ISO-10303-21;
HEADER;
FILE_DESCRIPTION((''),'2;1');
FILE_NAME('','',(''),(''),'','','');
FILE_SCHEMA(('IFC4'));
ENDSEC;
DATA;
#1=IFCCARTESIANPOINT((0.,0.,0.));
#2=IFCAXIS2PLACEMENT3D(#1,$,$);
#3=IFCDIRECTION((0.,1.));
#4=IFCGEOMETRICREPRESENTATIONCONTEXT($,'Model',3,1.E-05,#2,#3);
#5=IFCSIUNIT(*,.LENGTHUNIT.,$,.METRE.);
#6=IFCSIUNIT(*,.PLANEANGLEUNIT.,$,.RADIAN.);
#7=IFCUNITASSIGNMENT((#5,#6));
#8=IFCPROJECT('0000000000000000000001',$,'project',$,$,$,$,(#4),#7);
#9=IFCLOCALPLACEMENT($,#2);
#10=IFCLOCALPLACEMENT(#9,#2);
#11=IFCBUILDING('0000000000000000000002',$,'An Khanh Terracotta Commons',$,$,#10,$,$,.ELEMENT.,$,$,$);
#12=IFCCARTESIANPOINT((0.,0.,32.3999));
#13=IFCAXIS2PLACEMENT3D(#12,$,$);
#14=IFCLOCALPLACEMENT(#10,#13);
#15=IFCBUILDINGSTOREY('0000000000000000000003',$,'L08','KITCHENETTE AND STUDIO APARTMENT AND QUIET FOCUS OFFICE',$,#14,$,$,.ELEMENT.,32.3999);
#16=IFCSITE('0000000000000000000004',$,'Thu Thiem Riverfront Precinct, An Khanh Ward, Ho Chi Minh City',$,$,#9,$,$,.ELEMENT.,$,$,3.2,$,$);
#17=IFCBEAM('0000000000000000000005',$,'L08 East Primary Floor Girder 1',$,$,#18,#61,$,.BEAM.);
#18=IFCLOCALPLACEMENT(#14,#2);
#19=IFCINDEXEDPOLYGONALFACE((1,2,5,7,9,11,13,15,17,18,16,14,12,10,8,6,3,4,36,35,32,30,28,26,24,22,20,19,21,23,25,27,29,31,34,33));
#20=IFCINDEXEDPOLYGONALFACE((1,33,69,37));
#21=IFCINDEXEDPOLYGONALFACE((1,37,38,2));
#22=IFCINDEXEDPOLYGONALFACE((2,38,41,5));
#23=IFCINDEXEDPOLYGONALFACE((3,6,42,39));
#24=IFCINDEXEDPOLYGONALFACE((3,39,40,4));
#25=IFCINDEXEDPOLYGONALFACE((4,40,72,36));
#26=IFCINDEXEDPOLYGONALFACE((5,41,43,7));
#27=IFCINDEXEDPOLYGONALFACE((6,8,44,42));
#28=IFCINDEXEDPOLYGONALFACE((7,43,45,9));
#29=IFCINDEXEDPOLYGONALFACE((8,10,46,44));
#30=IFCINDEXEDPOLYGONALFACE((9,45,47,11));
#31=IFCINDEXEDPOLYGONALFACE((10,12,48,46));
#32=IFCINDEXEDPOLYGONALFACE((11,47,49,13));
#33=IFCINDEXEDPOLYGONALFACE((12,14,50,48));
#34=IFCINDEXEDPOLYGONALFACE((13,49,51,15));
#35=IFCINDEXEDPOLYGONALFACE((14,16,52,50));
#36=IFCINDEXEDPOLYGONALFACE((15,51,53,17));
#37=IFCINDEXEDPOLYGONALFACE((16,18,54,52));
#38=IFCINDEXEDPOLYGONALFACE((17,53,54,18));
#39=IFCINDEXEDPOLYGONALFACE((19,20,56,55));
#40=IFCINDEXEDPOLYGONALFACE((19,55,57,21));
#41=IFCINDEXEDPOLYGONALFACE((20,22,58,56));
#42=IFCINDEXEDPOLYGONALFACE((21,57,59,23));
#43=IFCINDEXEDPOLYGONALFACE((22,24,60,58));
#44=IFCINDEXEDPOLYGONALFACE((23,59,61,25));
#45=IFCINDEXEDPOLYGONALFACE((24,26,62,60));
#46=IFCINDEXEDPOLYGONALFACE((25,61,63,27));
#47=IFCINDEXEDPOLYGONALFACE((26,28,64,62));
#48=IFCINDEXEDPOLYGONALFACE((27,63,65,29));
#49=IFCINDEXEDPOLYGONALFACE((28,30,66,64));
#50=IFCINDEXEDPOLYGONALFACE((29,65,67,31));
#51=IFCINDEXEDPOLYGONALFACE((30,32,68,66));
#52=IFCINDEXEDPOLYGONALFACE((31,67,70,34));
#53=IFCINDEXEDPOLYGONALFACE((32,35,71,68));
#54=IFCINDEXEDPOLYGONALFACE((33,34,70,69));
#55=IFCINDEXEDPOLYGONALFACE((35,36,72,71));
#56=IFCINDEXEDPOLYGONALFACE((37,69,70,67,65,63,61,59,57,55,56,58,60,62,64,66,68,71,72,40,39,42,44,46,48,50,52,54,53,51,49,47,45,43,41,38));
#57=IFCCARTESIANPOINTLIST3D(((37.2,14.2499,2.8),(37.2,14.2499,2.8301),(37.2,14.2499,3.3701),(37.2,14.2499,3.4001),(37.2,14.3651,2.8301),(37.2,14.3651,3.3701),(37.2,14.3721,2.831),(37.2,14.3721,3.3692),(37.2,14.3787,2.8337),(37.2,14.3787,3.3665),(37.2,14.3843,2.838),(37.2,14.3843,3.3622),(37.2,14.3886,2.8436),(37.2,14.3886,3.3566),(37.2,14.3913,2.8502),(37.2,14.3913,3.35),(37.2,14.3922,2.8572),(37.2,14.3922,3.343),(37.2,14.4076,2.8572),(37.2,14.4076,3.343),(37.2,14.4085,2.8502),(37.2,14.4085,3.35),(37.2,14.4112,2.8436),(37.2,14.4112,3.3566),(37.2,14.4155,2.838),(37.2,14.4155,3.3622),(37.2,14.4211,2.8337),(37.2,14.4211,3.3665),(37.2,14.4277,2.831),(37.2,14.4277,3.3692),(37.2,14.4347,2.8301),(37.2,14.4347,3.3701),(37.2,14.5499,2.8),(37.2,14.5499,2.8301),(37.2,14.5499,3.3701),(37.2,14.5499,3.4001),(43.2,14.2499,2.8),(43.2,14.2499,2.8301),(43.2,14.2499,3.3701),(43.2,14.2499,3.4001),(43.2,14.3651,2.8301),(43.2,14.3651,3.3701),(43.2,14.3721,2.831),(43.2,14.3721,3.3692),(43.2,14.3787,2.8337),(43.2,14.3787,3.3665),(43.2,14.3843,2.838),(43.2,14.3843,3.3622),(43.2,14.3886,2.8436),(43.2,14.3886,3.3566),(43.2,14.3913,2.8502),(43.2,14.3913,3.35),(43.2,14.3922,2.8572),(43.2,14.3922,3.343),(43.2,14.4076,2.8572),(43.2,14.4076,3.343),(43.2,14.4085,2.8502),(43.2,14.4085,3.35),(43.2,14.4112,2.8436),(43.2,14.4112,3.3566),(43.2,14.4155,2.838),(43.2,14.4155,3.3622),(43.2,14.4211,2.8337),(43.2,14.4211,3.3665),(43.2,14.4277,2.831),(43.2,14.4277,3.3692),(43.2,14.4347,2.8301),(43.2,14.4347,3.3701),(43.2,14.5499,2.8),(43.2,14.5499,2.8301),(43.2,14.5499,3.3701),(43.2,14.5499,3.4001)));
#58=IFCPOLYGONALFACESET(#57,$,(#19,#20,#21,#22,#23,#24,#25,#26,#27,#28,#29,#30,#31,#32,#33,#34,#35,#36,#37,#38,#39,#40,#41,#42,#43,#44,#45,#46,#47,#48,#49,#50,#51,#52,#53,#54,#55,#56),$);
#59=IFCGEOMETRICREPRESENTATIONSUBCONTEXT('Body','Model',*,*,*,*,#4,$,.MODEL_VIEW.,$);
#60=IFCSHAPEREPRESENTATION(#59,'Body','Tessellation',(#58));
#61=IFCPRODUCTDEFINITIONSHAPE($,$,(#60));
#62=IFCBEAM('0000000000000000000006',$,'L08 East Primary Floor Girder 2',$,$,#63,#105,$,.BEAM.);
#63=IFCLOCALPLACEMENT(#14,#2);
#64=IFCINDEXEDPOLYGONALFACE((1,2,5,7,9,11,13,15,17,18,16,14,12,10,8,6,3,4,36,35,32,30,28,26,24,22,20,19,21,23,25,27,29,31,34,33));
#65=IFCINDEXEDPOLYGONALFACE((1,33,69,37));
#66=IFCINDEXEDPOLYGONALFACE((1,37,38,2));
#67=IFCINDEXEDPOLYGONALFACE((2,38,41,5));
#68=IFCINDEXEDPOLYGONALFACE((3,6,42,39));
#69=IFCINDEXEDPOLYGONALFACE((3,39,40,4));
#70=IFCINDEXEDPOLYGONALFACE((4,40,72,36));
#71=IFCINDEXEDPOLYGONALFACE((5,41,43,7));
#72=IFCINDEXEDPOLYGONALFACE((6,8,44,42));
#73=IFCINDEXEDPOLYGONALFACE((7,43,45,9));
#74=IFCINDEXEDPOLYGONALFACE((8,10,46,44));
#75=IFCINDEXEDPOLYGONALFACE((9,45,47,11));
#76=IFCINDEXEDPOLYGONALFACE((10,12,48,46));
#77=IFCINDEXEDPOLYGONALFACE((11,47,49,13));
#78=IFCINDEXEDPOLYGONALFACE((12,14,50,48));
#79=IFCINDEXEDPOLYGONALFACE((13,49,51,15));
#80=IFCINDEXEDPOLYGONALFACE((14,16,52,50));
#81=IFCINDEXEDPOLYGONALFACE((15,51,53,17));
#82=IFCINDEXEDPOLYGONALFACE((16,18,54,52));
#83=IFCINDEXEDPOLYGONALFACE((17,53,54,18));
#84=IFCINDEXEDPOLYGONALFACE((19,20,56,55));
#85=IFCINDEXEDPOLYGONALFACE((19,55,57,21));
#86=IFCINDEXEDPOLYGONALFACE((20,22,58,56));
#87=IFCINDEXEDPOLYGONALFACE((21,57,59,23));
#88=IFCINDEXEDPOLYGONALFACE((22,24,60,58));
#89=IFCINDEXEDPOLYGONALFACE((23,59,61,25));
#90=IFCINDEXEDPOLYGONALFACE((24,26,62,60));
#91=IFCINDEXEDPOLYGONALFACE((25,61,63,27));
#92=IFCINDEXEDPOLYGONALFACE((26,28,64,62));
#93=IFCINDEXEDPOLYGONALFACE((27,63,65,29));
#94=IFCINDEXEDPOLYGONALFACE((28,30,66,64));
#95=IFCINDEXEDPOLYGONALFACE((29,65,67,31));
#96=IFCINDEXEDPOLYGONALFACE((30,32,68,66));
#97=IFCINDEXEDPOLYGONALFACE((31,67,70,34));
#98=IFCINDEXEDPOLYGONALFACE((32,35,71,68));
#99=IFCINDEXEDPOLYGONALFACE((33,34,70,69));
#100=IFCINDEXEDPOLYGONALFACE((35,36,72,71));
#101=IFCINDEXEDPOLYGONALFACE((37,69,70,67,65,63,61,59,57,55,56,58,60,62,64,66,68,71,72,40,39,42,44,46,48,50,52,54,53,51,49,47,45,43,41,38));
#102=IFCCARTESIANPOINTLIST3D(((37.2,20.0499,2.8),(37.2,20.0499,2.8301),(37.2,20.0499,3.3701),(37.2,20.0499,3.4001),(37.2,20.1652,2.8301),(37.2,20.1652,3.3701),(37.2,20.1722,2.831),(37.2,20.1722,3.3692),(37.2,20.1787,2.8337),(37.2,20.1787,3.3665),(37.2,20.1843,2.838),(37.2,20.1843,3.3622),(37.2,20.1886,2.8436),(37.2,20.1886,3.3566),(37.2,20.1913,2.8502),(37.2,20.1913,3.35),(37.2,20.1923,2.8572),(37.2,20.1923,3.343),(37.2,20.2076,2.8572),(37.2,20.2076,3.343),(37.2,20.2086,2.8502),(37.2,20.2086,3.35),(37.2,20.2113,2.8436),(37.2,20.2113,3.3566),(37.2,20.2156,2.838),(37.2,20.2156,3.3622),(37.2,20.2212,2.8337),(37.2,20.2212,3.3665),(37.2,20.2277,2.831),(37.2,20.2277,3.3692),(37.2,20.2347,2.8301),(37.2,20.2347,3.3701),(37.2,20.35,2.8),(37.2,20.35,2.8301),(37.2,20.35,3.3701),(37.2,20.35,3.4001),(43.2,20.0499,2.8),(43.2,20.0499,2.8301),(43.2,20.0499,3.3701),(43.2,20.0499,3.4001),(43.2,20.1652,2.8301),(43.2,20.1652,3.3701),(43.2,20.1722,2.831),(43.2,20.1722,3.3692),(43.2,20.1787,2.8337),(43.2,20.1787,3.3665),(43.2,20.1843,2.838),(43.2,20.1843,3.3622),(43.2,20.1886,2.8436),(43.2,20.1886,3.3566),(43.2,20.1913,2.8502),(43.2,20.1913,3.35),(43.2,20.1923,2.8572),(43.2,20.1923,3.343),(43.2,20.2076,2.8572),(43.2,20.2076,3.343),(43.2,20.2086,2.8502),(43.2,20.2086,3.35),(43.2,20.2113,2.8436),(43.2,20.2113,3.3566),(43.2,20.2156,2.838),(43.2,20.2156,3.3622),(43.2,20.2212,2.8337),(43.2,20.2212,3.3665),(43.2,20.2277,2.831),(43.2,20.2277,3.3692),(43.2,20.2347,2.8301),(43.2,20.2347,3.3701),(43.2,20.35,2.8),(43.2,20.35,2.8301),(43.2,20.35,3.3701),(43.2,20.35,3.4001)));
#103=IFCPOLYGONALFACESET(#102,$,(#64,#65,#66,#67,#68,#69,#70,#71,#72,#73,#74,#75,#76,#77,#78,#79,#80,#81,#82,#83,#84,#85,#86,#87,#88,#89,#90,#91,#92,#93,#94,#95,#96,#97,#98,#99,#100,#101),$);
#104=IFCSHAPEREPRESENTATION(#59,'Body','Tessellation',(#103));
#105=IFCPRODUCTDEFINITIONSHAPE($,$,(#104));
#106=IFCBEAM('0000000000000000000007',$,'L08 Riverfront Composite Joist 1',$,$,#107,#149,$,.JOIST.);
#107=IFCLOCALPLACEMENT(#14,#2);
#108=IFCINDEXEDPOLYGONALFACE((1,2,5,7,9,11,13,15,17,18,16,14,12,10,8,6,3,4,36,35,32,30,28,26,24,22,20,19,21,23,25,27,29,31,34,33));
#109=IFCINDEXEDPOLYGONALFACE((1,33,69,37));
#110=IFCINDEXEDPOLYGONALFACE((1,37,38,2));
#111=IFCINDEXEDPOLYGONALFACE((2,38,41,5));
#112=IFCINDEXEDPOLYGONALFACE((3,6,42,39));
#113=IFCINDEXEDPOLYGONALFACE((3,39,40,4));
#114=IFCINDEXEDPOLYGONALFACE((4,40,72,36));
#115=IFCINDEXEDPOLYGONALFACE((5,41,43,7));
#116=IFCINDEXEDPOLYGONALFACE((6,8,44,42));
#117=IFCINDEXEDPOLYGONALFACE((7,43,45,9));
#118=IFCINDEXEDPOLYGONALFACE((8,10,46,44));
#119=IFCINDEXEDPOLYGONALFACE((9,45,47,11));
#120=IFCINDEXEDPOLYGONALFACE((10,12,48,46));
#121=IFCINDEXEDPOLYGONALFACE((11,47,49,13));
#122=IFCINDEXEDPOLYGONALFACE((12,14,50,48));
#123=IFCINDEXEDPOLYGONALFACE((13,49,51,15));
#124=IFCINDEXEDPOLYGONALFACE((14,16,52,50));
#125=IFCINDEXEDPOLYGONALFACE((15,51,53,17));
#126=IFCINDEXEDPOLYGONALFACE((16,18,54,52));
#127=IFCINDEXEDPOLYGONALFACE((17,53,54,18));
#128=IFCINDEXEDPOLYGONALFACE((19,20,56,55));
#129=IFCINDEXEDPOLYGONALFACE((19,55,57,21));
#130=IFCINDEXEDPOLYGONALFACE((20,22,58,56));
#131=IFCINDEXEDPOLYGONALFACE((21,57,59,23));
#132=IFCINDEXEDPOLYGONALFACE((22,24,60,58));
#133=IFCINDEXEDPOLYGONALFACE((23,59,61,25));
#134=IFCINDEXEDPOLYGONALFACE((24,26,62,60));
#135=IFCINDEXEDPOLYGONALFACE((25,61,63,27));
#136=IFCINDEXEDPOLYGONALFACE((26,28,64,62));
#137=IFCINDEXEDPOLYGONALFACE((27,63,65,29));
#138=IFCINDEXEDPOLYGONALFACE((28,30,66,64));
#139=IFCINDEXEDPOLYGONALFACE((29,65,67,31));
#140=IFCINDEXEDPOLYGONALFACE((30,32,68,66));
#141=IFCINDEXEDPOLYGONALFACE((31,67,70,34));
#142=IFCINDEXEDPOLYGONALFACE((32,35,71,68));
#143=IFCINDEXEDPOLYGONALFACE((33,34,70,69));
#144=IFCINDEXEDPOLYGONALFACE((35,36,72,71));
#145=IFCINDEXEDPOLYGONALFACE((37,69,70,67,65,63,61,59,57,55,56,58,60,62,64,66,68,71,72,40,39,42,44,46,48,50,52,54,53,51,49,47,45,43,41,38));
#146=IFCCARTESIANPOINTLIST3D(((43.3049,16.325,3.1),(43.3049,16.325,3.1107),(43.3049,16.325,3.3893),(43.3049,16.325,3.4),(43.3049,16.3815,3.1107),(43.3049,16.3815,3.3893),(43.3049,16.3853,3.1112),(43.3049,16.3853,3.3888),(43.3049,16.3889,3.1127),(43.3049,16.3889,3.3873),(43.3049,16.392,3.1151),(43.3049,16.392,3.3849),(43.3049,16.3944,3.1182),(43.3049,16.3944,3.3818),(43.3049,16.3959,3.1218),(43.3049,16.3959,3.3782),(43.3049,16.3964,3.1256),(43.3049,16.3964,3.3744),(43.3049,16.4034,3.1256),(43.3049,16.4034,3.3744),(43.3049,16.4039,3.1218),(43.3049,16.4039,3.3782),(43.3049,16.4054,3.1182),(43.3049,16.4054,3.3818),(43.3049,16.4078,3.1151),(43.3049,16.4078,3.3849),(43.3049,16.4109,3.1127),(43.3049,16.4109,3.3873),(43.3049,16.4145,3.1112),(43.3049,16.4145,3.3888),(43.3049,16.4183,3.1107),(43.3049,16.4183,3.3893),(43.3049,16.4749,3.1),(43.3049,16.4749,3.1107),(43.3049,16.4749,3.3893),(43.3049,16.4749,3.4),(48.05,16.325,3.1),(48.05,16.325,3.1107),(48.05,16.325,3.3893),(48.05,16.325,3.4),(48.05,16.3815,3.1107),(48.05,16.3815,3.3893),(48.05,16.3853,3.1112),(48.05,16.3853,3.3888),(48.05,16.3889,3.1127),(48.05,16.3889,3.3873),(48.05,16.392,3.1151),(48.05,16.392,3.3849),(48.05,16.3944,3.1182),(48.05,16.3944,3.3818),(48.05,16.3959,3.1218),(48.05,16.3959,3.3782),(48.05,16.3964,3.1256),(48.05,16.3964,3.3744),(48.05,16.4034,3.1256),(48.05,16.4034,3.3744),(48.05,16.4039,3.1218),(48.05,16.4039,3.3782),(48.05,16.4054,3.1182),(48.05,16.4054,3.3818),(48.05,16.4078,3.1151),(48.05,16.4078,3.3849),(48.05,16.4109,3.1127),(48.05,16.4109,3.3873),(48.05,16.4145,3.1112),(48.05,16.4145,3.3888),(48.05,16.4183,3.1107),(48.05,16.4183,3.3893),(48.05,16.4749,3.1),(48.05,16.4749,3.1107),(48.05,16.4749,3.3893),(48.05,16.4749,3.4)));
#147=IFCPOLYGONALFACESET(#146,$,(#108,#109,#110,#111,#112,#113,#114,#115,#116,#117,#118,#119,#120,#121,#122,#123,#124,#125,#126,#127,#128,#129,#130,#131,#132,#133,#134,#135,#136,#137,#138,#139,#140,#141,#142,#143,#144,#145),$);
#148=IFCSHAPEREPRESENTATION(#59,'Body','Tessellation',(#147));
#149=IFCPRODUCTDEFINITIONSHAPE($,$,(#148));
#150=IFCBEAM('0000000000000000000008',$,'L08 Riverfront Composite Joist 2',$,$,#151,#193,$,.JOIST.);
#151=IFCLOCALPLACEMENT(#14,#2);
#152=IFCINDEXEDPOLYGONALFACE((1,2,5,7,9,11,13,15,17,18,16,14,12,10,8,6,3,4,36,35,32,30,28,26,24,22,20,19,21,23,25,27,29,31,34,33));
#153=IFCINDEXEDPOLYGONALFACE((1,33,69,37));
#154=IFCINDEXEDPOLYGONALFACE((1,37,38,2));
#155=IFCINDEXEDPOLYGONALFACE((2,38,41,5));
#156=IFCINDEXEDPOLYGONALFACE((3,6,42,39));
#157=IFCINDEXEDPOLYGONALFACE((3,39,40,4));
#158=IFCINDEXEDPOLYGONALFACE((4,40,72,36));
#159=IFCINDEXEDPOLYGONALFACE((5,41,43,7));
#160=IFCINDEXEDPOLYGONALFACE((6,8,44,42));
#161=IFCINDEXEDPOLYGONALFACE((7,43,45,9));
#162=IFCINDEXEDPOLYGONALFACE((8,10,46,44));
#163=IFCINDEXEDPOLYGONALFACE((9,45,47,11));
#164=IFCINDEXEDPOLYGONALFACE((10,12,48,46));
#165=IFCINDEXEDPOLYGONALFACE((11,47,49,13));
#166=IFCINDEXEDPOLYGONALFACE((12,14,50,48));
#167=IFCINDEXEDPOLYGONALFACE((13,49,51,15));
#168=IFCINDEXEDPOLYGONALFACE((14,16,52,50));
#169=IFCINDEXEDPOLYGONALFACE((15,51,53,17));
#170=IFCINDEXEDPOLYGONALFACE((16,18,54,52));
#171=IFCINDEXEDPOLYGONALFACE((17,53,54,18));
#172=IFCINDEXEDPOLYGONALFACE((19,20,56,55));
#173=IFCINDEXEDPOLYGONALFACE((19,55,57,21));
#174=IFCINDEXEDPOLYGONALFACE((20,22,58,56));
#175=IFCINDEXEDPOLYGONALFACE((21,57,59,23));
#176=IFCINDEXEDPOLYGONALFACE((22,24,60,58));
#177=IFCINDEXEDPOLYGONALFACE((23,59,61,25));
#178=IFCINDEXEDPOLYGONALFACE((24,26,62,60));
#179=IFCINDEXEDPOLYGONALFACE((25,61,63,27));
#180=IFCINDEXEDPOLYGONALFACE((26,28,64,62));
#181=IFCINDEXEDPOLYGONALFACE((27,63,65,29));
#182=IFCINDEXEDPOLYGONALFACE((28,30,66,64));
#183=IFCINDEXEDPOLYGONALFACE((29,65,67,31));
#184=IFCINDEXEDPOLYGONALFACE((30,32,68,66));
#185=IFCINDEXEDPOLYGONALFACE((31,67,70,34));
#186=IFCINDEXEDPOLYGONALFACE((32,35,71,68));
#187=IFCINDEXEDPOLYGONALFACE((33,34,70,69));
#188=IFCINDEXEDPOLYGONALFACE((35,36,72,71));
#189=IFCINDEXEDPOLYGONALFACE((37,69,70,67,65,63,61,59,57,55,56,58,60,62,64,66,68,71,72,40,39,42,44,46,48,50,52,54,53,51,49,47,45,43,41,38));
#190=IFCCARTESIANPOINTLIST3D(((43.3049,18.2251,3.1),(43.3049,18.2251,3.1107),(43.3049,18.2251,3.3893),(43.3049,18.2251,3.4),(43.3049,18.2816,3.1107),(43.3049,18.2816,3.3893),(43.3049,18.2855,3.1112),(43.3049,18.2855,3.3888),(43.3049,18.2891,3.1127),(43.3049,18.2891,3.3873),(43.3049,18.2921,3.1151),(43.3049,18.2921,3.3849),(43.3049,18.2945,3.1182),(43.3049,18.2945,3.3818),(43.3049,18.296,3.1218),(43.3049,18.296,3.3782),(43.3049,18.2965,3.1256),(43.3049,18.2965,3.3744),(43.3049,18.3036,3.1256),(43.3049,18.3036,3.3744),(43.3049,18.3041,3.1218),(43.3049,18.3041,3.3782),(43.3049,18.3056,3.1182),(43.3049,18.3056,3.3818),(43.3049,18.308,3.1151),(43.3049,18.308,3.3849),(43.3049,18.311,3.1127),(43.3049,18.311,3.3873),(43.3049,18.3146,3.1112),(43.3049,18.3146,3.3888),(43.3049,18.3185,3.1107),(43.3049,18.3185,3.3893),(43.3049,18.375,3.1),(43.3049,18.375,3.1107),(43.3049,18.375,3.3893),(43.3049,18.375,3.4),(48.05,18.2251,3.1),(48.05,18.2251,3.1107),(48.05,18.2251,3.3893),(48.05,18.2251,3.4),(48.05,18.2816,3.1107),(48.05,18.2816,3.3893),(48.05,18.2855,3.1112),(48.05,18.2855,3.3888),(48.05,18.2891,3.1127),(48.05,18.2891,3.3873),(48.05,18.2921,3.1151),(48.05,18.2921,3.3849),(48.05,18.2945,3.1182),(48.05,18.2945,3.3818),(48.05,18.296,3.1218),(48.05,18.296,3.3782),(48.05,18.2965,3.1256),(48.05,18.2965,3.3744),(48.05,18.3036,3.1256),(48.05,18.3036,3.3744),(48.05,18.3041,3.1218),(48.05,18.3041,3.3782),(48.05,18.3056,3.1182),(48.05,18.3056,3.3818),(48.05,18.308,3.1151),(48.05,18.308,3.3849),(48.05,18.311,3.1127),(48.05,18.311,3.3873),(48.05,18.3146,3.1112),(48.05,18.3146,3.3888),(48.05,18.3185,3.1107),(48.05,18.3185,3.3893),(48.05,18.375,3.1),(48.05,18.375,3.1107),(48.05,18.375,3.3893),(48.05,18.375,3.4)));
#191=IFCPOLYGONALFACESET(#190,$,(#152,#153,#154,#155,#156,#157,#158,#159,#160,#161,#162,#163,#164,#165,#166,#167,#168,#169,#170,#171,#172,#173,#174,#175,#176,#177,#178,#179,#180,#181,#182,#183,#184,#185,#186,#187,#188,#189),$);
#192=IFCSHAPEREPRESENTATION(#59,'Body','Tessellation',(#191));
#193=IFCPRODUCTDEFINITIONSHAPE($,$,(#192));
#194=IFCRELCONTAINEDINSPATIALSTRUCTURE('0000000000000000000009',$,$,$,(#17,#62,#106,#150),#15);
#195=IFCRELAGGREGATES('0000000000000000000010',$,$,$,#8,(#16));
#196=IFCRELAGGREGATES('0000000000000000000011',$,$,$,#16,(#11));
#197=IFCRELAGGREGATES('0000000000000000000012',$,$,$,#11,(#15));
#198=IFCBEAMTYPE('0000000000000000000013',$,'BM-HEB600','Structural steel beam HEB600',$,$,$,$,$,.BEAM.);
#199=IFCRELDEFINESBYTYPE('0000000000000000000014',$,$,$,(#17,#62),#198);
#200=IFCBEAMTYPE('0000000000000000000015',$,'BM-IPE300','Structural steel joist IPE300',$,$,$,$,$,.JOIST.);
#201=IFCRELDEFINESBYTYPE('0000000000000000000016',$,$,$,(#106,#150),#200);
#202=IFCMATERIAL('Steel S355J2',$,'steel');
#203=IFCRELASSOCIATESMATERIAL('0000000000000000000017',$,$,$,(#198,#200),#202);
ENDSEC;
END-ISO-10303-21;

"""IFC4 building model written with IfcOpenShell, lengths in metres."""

from ifc_helpers import new_model, si_unit, direction, frame, origin, origin_2d, place, context, subcontext, project, spatial, i_section, extrude, material, material_profile, profile_set, type_object, element, save


model = new_model("IFC4")

# Units and contexts
model_context = context("Model", 3, precision=1e-05, world=origin(), true_north=direction((0.0, 1.0)))
body_context = subcontext(model_context, "Body", "Model", "MODEL_VIEW")
ifc_project = project(units=[si_unit("LENGTHUNIT", "METRE"), si_unit("PLANEANGLEUNIT", "RADIAN")], contexts=[model_context])

# Site, building, storey
site_placement = place(None, origin())
site = spatial("IfcSite", under=ifc_project, at=site_placement, Name="Thu Thiem Riverfront Precinct, An Khanh Ward, Ho Chi Minh City", CompositionType="ELEMENT", RefElevation=3.2)
building_placement = place(site_placement, origin())
building = spatial("IfcBuilding", under=site, at=building_placement, Name="An Khanh Terracotta Commons", CompositionType="ELEMENT")
storey_placement = place(building_placement, frame((0.0, 0.0, 32.3999)))
storey = spatial("IfcBuildingStorey", under=building, at=storey_placement, Name="L08", Description="KITCHENETTE AND STUDIO APARTMENT AND QUIET FOCUS OFFICE", CompositionType="ELEMENT", Elevation=32.3999)

# Beams
ifc_material_1 = material(Name="Steel S355J2", Category="steel")
ifc_material_profile_1 = material_profile(ifc_material_1, i_section(OverallWidth=0.3, OverallDepth=0.6001, WebThickness=0.0154, FlangeThickness=0.03, FilletRadius=0.0271, at=origin_2d()), Name="HEB600")
ifc_profile_set_1 = profile_set([ifc_material_profile_1], Name="Steel S355J2")
beam_type_1 = type_object("IfcBeamType", Name="BM-HEB600", Description="Structural steel beam HEB600", PredefinedType="BEAM", material=ifc_profile_set_1)
for number, where, z_axis, x_axis, name in (
    (1, (37.2, 14.3999, 3.1001), (1.0, 0.0, 0.0), (0.0, 1.0, 0.0), "L08 East Primary Floor Girder 1"),
    (2, (37.2, 20.2, 3.1001), (1.0, 0.0, 0.0), (0.0, 1.0, 0.0), "L08 East Primary Floor Girder 2"),
):
    element("IfcBeam", number, at=place(storey_placement, frame(where, z_axis=z_axis, x_axis=x_axis)), inside=storey, type_object=beam_type_1, Name=name, PredefinedType="BEAM", context=body_context, shape_type="SweptSolid", body=[
        extrude(i_section(OverallWidth=0.3, OverallDepth=0.6001, WebThickness=0.0154, FlangeThickness=0.03, FilletRadius=0.0271, at=origin_2d()), origin(), (0.0, 0.0, 1.0), 6.0),
    ])
ifc_material_profile_2 = material_profile(ifc_material_1, i_section(OverallWidth=0.1499, OverallDepth=0.3, WebThickness=0.0071, FlangeThickness=0.0107, FilletRadius=0.0149, at=origin_2d()), Name="IPE300")
ifc_profile_set_2 = profile_set([ifc_material_profile_2], Name="Steel S355J2")
beam_type_2 = type_object("IfcBeamType", Name="BM-IPE300", Description="Structural steel joist IPE300", PredefinedType="JOIST", material=ifc_profile_set_2)
for number, where, z_axis, x_axis, name in (
    (3, (43.3049, 16.3999, 3.25), (1.0, 0.0, 0.0), (0.0, 1.0, 0.0), "L08 Riverfront Composite Joist 1"),
    (4, (43.3049, 18.3, 3.25), (1.0, 0.0, 0.0), (0.0, 1.0, 0.0), "L08 Riverfront Composite Joist 2"),
):
    element("IfcBeam", number, at=place(storey_placement, frame(where, z_axis=z_axis, x_axis=x_axis)), inside=storey, type_object=beam_type_2, Name=name, PredefinedType="JOIST", context=body_context, shape_type="SweptSolid", body=[
        extrude(i_section(OverallWidth=0.1499, OverallDepth=0.3, WebThickness=0.0071, FlangeThickness=0.0107, FilletRadius=0.0149, at=origin_2d()), origin(), (0.0, 0.0, 1.0), 4.7451),
    ])

save(model, "model.ifc")
